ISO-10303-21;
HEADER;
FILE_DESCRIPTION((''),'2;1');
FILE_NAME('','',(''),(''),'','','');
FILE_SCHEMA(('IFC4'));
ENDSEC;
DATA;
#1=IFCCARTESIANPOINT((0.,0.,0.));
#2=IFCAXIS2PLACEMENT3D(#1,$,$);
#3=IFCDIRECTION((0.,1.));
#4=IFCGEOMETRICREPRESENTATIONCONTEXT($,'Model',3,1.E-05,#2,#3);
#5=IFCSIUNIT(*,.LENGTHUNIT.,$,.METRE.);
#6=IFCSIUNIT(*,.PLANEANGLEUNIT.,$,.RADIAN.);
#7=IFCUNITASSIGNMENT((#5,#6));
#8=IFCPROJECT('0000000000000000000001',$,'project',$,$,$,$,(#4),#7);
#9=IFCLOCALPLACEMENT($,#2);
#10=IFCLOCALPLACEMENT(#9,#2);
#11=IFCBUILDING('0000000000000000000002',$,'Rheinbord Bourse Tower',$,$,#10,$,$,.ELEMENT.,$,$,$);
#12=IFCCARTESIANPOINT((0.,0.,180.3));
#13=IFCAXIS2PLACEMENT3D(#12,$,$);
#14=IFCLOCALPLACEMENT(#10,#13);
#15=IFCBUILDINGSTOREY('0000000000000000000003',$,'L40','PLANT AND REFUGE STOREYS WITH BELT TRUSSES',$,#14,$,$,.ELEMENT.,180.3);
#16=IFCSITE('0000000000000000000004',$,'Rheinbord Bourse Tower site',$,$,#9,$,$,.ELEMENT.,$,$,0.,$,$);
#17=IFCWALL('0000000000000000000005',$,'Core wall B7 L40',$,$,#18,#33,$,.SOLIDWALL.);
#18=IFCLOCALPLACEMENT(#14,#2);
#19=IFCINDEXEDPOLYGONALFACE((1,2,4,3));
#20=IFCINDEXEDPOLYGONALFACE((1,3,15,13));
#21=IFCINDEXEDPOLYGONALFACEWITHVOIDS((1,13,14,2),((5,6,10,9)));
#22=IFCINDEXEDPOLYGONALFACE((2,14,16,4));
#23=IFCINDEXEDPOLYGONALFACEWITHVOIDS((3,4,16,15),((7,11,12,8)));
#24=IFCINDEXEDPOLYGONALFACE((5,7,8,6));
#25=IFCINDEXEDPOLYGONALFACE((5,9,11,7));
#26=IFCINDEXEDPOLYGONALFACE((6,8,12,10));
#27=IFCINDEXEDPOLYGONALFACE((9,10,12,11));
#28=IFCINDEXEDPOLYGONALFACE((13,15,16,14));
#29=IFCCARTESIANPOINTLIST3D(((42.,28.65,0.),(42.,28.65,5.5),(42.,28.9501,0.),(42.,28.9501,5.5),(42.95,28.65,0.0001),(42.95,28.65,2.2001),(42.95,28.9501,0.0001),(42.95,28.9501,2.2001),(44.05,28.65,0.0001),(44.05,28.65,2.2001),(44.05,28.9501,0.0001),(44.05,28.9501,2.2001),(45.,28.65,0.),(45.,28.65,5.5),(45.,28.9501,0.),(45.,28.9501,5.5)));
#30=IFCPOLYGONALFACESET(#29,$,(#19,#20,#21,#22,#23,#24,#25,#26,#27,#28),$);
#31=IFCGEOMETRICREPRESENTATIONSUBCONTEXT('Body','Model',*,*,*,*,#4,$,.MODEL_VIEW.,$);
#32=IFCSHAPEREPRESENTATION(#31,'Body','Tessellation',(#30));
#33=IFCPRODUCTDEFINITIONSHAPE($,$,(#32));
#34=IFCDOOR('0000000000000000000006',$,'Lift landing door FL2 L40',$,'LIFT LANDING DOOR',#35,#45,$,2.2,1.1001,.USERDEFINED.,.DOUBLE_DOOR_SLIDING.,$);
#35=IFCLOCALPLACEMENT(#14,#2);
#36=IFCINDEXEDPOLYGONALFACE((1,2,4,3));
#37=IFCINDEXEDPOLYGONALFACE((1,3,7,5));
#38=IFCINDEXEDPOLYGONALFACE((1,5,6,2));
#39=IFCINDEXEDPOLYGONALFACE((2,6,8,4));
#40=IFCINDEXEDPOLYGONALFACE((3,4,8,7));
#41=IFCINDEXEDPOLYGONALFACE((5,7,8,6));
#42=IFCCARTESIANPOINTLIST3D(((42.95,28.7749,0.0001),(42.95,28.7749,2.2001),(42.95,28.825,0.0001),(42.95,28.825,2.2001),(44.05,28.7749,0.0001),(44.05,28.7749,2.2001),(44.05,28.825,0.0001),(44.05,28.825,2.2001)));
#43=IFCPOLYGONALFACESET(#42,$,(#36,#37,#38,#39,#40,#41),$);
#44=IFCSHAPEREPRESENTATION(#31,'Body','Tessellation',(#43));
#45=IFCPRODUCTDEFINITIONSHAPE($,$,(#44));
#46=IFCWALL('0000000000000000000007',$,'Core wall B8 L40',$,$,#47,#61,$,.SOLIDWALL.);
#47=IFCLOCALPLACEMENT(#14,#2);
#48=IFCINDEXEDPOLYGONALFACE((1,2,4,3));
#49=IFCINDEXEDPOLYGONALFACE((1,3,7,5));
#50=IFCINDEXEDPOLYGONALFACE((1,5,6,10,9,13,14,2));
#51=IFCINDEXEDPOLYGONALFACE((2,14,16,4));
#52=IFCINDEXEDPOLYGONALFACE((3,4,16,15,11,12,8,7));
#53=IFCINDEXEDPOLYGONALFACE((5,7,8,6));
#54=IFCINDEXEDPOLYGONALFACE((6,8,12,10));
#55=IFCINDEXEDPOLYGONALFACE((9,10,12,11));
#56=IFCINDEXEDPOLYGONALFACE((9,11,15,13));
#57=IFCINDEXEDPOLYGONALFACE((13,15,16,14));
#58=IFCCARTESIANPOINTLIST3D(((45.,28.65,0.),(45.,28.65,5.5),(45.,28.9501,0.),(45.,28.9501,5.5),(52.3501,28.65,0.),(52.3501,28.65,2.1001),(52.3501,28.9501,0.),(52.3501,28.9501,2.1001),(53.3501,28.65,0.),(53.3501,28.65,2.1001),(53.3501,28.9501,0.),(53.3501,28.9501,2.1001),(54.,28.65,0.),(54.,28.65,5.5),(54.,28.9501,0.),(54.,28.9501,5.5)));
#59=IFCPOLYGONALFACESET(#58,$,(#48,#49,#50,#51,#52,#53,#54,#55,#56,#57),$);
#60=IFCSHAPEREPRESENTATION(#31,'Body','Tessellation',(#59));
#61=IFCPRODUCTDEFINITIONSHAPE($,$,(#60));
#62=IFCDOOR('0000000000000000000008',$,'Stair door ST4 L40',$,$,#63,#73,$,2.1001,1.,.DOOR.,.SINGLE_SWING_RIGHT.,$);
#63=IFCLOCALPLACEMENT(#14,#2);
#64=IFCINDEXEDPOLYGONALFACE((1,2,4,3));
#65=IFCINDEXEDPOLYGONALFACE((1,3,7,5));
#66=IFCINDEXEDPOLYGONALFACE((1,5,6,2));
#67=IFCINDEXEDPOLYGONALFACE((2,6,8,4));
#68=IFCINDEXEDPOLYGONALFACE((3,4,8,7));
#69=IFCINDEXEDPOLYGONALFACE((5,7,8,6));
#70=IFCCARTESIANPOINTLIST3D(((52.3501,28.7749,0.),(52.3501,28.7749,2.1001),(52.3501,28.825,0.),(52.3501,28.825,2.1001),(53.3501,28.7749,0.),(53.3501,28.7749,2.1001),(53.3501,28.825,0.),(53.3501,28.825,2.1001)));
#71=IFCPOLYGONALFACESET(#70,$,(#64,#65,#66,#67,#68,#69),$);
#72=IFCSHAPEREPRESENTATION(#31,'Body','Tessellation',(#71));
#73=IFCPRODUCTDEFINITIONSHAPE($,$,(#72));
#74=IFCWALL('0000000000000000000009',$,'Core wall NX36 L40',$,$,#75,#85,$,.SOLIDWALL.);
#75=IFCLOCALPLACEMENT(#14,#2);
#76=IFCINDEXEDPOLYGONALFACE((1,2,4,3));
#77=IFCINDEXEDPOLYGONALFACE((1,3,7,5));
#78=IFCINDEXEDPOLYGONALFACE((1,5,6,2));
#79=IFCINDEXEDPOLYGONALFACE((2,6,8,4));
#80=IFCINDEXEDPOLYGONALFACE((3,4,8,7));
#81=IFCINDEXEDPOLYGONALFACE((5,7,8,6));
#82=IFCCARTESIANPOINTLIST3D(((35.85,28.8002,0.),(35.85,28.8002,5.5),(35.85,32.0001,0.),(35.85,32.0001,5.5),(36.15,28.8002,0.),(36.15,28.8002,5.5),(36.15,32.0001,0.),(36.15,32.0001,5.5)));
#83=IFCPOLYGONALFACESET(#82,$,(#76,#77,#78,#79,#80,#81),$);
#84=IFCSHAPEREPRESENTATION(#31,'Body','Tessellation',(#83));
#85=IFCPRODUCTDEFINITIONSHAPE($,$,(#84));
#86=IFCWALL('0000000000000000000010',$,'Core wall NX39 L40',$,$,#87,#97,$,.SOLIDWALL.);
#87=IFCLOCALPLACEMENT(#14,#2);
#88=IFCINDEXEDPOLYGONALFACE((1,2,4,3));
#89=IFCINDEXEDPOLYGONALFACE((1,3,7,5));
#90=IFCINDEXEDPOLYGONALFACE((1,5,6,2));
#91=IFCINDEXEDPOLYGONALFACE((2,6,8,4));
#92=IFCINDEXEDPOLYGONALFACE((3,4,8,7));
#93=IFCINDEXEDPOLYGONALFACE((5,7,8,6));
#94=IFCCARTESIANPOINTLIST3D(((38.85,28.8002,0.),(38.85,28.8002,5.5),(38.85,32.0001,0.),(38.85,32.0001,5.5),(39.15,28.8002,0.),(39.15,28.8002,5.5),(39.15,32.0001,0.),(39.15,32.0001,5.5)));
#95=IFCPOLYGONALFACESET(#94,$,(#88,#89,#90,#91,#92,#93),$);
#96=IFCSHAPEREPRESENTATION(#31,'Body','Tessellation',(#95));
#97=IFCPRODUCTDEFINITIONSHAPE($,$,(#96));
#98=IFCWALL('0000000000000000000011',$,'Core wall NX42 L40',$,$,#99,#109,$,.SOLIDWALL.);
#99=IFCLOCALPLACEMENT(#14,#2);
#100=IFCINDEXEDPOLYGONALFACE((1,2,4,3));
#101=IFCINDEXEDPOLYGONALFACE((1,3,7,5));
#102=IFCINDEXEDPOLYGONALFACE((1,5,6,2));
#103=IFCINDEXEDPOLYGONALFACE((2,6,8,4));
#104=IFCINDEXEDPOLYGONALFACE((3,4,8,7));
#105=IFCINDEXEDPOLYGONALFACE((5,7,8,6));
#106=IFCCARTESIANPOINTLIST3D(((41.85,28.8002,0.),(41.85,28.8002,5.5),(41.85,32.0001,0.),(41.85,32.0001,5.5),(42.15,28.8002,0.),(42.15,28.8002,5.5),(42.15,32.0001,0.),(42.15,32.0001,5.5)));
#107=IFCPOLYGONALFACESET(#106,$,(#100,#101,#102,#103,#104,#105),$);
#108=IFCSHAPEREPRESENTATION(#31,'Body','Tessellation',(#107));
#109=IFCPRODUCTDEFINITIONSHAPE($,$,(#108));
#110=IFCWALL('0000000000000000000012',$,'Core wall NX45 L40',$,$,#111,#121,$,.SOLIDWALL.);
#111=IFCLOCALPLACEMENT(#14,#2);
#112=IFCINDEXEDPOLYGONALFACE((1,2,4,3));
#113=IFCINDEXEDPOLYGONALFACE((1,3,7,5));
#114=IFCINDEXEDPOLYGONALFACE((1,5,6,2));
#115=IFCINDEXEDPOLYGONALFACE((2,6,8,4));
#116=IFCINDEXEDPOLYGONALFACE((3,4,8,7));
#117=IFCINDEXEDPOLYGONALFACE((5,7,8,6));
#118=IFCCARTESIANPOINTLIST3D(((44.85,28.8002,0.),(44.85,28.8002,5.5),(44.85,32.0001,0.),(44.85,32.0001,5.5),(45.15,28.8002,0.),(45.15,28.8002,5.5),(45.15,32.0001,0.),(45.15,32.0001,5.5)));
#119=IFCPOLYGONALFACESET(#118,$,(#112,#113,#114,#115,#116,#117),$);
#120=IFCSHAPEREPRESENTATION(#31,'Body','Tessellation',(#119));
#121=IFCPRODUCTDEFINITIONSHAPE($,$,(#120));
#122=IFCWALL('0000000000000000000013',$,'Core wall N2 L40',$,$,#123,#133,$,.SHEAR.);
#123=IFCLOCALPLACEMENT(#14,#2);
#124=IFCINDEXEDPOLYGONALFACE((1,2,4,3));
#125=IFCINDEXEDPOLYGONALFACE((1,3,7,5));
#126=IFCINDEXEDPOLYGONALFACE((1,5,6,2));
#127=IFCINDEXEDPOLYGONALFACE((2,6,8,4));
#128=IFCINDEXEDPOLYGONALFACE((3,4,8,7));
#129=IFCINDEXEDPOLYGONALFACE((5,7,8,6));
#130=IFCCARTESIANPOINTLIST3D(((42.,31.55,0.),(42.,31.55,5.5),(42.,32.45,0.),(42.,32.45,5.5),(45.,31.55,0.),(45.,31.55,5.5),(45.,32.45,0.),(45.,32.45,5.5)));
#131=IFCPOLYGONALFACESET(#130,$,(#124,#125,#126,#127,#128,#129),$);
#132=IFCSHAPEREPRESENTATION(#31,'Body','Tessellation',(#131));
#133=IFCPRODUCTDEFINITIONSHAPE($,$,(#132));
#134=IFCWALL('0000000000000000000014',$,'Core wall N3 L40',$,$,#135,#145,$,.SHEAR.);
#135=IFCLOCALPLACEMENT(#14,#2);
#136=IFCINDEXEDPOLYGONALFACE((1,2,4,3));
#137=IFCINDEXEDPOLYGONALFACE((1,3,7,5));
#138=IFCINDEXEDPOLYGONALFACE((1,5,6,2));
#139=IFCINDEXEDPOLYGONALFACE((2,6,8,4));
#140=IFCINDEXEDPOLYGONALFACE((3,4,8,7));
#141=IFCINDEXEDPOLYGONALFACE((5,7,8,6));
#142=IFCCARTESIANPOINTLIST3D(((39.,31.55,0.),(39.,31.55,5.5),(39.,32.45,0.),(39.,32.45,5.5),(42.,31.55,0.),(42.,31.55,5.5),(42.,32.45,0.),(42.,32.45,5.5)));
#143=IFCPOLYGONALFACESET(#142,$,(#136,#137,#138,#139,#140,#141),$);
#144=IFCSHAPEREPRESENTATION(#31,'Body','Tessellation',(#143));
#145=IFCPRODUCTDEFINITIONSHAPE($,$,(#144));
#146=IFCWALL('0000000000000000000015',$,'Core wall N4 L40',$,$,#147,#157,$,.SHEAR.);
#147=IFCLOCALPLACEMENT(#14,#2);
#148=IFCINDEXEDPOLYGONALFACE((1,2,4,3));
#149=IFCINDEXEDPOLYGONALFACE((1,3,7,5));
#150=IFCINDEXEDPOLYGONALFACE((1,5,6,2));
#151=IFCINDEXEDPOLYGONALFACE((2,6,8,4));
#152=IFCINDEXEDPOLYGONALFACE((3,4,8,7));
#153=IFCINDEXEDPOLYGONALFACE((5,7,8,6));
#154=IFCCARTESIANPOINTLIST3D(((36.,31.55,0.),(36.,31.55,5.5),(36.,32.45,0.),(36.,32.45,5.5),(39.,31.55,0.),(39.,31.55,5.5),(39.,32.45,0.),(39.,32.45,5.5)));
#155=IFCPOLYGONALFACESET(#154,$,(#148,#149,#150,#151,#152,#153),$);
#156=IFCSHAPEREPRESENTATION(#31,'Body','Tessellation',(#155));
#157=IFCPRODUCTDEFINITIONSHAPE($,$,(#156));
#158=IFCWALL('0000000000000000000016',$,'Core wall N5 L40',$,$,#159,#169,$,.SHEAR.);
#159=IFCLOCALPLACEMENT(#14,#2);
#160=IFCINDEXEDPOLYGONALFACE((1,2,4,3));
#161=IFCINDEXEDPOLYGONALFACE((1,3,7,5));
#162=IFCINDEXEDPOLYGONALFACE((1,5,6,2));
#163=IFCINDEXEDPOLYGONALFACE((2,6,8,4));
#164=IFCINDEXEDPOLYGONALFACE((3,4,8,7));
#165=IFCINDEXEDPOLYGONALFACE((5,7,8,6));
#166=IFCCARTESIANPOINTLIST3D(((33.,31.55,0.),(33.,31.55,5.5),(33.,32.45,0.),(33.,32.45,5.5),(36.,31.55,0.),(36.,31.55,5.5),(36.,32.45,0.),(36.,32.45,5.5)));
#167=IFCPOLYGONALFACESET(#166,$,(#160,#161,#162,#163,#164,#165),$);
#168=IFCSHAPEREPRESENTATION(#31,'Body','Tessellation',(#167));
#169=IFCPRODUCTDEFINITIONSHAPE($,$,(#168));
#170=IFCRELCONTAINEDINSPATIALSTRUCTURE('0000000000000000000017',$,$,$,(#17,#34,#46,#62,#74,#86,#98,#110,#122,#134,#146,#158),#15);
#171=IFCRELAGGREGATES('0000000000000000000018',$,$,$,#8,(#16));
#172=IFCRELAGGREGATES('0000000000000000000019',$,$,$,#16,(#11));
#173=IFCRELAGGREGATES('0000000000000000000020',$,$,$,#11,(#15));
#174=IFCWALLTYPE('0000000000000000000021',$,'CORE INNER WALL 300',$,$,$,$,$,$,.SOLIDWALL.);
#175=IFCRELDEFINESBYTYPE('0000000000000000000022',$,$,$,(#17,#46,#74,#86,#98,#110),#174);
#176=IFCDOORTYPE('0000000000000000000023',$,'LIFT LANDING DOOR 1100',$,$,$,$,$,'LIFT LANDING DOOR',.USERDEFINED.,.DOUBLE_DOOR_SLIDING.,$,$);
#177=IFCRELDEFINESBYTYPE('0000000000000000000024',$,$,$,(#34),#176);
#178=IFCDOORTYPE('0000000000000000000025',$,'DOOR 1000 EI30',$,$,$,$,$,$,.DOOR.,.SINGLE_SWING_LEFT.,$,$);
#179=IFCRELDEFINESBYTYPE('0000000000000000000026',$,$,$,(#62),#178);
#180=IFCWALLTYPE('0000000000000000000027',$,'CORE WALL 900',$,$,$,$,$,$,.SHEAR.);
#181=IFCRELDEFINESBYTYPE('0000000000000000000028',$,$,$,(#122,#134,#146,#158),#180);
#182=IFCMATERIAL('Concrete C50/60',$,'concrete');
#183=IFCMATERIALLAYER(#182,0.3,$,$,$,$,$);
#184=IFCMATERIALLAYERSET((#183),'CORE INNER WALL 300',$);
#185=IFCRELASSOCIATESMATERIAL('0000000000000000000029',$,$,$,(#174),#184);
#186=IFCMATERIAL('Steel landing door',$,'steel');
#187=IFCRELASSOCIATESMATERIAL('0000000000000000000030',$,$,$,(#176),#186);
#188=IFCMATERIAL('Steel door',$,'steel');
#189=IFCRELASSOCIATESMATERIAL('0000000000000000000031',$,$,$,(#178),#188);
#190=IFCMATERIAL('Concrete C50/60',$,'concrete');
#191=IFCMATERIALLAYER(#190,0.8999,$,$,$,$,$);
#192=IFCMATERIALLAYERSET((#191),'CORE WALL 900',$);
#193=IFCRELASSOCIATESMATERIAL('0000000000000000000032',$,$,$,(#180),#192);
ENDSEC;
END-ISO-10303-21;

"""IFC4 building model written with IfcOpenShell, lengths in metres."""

from ifc_helpers import new_model, si_unit, direction, frame, frame_2d, origin, place, context, subcontext, project, spatial, rectangle, extrude, material, layer, layer_set, type_object, element, fill, save


model = new_model("IFC4")

# Units and contexts
model_context = context("Model", 3, precision=1e-05, world=origin(), true_north=direction((0.0, 1.0)))
body_context = subcontext(model_context, "Body", "Model", "MODEL_VIEW")
ifc_project = project(units=[si_unit("LENGTHUNIT", "METRE"), si_unit("PLANEANGLEUNIT", "RADIAN")], contexts=[model_context])

# Site, building, storey
site_placement = place(None, origin())
site = spatial("IfcSite", under=ifc_project, at=site_placement, Name="Rheinbord Bourse Tower site", CompositionType="ELEMENT", RefElevation=0.0)
building_placement = place(site_placement, origin())
building = spatial("IfcBuilding", under=site, at=building_placement, Name="Rheinbord Bourse Tower", CompositionType="ELEMENT")
storey_placement = place(building_placement, frame((0.0, 0.0, 180.3)))
storey = spatial("IfcBuildingStorey", under=building, at=storey_placement, Name="L40", Description="PLANT AND REFUGE STOREYS WITH BELT TRUSSES", CompositionType="ELEMENT", Elevation=180.3)

# Shared definitions
ifc_material_1 = material(Name="Concrete C50/60", Category="concrete")
ifc_layer_1 = layer(ifc_material_1, 0.3)
ifc_layer_set_1 = layer_set([ifc_layer_1], Name="CORE INNER WALL 300")
wall_type_1 = type_object("IfcWallType", Name="CORE INNER WALL 300", PredefinedType="SOLIDWALL", material=ifc_layer_set_1)

# Walls, openings, doors
wall_1_placement = place(storey_placement, frame((42.0, 28.8, 0.0), z_axis=(0.0, 0.0, 1.0), x_axis=(1.0, 0.0, 0.0)))
wall_1 = element("IfcWall", 1, at=wall_1_placement, inside=storey, type_object=wall_type_1, Name="Core wall B7 L40", PredefinedType="SOLIDWALL", context=body_context, shape_type="SweptSolid", body=[
    extrude(rectangle(XDim=3.0, YDim=0.3, at=frame_2d((1.5, 0.0))), origin(), (0.0, 0.0, 1.0), 5.5),
])
opening_1_placement = place(wall_1_placement, frame((0.95, 0.0, 0.0)))
opening_1 = element("IfcOpeningElement", 2, at=opening_1_placement, cuts=wall_1, PredefinedType="OPENING", context=body_context, shape_type="SweptSolid", body=[
    extrude(rectangle(XDim=1.1001, YDim=2.2, at=frame_2d((0.55, 1.1001))), frame((0.0, 0.1599, 0.0), z_axis=(0.0, -1.0, 0.0), x_axis=(1.0, 0.0, 0.0)), (0.0, 0.0, 1.0), 0.3201),
])
ifc_material_2 = material(Name="Steel landing door", Category="steel")
door_type_1 = type_object("IfcDoorType", Name="LIFT LANDING DOOR 1100", ElementType="LIFT LANDING DOOR", OperationType="DOUBLE_DOOR_SLIDING", PredefinedType="USERDEFINED", material=ifc_material_2)
door_1_placement = place(opening_1_placement, origin())
door_1 = element("IfcDoor", 3, at=door_1_placement, inside=storey, type_object=door_type_1, Name="Lift landing door FL2 L40", ObjectType="LIFT LANDING DOOR", OperationType="DOUBLE_DOOR_SLIDING", OverallHeight=2.2, OverallWidth=1.1001, PredefinedType="USERDEFINED", context=body_context, shape_type="SweptSolid", body=[
    extrude(rectangle(XDim=1.1001, YDim=2.2, at=frame_2d((0.55, 1.1001))), frame((0.0, 0.0249, 0.0), z_axis=(0.0, -1.0, 0.0), x_axis=(1.0, 0.0, 0.0)), (0.0, 0.0, 1.0), 0.05),
])
fill(opening_1, door_1)
wall_2_placement = place(storey_placement, frame((45.0, 28.8, 0.0), z_axis=(0.0, 0.0, 1.0), x_axis=(1.0, 0.0, 0.0)))
wall_2 = element("IfcWall", 4, at=wall_2_placement, inside=storey, type_object=wall_type_1, Name="Core wall B8 L40", PredefinedType="SOLIDWALL", context=body_context, shape_type="SweptSolid", body=[
    extrude(rectangle(XDim=9.0, YDim=0.3, at=frame_2d((4.5, 0.0))), origin(), (0.0, 0.0, 1.0), 5.5),
])
opening_2_placement = place(wall_2_placement, frame((7.3501, 0.0, 0.0)))
opening_2 = element("IfcOpeningElement", 5, at=opening_2_placement, cuts=wall_2, PredefinedType="OPENING", context=body_context, shape_type="SweptSolid", body=[
    extrude(rectangle(XDim=1.0, YDim=2.1001, at=frame_2d((0.5, 1.05))), frame((0.0, 0.1599, 0.0), z_axis=(0.0, -1.0, 0.0), x_axis=(1.0, 0.0, 0.0)), (0.0, 0.0, 1.0), 0.3201),
])
ifc_material_3 = material(Name="Steel door", Category="steel")
door_type_2 = type_object("IfcDoorType", Name="DOOR 1000 EI30", OperationType="SINGLE_SWING_LEFT", PredefinedType="DOOR", material=ifc_material_3)
door_2_placement = place(opening_2_placement, origin())
door_2 = element("IfcDoor", 6, at=door_2_placement, inside=storey, type_object=door_type_2, Name="Stair door ST4 L40", OperationType="SINGLE_SWING_RIGHT", OverallHeight=2.1001, OverallWidth=1.0, PredefinedType="DOOR", context=body_context, shape_type="SweptSolid", body=[
    extrude(rectangle(XDim=1.0, YDim=2.1001, at=frame_2d((0.5, 1.05))), frame((0.0, 0.0249, 0.0), z_axis=(0.0, -1.0, 0.0), x_axis=(1.0, 0.0, 0.0)), (0.0, 0.0, 1.0), 0.05),
])
fill(opening_2, door_2)

# Walls
for number, where, z_axis, x_axis, name in (
    (7, (36.0, 28.8, 0.0), (0.0, 0.0, 1.0), (0.0, 1.0, 0.0), "Core wall NX36 L40"),
    (8, (39.0, 28.8, 0.0), (0.0, 0.0, 1.0), (0.0, 1.0, 0.0), "Core wall NX39 L40"),
    (9, (42.0, 28.8, 0.0), (0.0, 0.0, 1.0), (0.0, 1.0, 0.0), "Core wall NX42 L40"),
    (10, (45.0, 28.8, 0.0), (0.0, 0.0, 1.0), (0.0, 1.0, 0.0), "Core wall NX45 L40"),
):
    element("IfcWall", number, at=place(storey_placement, frame(where, z_axis=z_axis, x_axis=x_axis)), inside=storey, type_object=wall_type_1, Name=name, PredefinedType="SOLIDWALL", context=body_context, shape_type="SweptSolid", body=[
        extrude(rectangle(XDim=3.2, YDim=0.3, at=frame_2d((1.6001, 0.0))), origin(), (0.0, 0.0, 1.0), 5.5),
    ])
ifc_material_4 = material(Name="Concrete C50/60", Category="concrete")
ifc_layer_2 = layer(ifc_material_4, 0.8999)
ifc_layer_set_2 = layer_set([ifc_layer_2], Name="CORE WALL 900")
wall_type_2 = type_object("IfcWallType", Name="CORE WALL 900", PredefinedType="SHEAR", material=ifc_layer_set_2)
for number, where, z_axis, x_axis, name in (
    (11, (45.0, 32.0, 0.0), (0.0, 0.0, 1.0), (-1.0, 0.0, 0.0), "Core wall N2 L40"),
    (12, (42.0, 32.0, 0.0), (0.0, 0.0, 1.0), (-1.0, 0.0, 0.0), "Core wall N3 L40"),
    (13, (39.0, 32.0, 0.0), (0.0, 0.0, 1.0), (-1.0, 0.0, 0.0), "Core wall N4 L40"),
    (14, (36.0, 32.0, 0.0), (0.0, 0.0, 1.0), (-1.0, 0.0, 0.0), "Core wall N5 L40"),
):
    element("IfcWall", number, at=place(storey_placement, frame(where, z_axis=z_axis, x_axis=x_axis)), inside=storey, type_object=wall_type_2, Name=name, PredefinedType="SHEAR", context=body_context, shape_type="SweptSolid", body=[
        extrude(rectangle(XDim=3.0, YDim=0.8999, at=frame_2d((1.5, 0.0))), origin(), (0.0, 0.0, 1.0), 5.5),
    ])

save(model, "model.ifc")
